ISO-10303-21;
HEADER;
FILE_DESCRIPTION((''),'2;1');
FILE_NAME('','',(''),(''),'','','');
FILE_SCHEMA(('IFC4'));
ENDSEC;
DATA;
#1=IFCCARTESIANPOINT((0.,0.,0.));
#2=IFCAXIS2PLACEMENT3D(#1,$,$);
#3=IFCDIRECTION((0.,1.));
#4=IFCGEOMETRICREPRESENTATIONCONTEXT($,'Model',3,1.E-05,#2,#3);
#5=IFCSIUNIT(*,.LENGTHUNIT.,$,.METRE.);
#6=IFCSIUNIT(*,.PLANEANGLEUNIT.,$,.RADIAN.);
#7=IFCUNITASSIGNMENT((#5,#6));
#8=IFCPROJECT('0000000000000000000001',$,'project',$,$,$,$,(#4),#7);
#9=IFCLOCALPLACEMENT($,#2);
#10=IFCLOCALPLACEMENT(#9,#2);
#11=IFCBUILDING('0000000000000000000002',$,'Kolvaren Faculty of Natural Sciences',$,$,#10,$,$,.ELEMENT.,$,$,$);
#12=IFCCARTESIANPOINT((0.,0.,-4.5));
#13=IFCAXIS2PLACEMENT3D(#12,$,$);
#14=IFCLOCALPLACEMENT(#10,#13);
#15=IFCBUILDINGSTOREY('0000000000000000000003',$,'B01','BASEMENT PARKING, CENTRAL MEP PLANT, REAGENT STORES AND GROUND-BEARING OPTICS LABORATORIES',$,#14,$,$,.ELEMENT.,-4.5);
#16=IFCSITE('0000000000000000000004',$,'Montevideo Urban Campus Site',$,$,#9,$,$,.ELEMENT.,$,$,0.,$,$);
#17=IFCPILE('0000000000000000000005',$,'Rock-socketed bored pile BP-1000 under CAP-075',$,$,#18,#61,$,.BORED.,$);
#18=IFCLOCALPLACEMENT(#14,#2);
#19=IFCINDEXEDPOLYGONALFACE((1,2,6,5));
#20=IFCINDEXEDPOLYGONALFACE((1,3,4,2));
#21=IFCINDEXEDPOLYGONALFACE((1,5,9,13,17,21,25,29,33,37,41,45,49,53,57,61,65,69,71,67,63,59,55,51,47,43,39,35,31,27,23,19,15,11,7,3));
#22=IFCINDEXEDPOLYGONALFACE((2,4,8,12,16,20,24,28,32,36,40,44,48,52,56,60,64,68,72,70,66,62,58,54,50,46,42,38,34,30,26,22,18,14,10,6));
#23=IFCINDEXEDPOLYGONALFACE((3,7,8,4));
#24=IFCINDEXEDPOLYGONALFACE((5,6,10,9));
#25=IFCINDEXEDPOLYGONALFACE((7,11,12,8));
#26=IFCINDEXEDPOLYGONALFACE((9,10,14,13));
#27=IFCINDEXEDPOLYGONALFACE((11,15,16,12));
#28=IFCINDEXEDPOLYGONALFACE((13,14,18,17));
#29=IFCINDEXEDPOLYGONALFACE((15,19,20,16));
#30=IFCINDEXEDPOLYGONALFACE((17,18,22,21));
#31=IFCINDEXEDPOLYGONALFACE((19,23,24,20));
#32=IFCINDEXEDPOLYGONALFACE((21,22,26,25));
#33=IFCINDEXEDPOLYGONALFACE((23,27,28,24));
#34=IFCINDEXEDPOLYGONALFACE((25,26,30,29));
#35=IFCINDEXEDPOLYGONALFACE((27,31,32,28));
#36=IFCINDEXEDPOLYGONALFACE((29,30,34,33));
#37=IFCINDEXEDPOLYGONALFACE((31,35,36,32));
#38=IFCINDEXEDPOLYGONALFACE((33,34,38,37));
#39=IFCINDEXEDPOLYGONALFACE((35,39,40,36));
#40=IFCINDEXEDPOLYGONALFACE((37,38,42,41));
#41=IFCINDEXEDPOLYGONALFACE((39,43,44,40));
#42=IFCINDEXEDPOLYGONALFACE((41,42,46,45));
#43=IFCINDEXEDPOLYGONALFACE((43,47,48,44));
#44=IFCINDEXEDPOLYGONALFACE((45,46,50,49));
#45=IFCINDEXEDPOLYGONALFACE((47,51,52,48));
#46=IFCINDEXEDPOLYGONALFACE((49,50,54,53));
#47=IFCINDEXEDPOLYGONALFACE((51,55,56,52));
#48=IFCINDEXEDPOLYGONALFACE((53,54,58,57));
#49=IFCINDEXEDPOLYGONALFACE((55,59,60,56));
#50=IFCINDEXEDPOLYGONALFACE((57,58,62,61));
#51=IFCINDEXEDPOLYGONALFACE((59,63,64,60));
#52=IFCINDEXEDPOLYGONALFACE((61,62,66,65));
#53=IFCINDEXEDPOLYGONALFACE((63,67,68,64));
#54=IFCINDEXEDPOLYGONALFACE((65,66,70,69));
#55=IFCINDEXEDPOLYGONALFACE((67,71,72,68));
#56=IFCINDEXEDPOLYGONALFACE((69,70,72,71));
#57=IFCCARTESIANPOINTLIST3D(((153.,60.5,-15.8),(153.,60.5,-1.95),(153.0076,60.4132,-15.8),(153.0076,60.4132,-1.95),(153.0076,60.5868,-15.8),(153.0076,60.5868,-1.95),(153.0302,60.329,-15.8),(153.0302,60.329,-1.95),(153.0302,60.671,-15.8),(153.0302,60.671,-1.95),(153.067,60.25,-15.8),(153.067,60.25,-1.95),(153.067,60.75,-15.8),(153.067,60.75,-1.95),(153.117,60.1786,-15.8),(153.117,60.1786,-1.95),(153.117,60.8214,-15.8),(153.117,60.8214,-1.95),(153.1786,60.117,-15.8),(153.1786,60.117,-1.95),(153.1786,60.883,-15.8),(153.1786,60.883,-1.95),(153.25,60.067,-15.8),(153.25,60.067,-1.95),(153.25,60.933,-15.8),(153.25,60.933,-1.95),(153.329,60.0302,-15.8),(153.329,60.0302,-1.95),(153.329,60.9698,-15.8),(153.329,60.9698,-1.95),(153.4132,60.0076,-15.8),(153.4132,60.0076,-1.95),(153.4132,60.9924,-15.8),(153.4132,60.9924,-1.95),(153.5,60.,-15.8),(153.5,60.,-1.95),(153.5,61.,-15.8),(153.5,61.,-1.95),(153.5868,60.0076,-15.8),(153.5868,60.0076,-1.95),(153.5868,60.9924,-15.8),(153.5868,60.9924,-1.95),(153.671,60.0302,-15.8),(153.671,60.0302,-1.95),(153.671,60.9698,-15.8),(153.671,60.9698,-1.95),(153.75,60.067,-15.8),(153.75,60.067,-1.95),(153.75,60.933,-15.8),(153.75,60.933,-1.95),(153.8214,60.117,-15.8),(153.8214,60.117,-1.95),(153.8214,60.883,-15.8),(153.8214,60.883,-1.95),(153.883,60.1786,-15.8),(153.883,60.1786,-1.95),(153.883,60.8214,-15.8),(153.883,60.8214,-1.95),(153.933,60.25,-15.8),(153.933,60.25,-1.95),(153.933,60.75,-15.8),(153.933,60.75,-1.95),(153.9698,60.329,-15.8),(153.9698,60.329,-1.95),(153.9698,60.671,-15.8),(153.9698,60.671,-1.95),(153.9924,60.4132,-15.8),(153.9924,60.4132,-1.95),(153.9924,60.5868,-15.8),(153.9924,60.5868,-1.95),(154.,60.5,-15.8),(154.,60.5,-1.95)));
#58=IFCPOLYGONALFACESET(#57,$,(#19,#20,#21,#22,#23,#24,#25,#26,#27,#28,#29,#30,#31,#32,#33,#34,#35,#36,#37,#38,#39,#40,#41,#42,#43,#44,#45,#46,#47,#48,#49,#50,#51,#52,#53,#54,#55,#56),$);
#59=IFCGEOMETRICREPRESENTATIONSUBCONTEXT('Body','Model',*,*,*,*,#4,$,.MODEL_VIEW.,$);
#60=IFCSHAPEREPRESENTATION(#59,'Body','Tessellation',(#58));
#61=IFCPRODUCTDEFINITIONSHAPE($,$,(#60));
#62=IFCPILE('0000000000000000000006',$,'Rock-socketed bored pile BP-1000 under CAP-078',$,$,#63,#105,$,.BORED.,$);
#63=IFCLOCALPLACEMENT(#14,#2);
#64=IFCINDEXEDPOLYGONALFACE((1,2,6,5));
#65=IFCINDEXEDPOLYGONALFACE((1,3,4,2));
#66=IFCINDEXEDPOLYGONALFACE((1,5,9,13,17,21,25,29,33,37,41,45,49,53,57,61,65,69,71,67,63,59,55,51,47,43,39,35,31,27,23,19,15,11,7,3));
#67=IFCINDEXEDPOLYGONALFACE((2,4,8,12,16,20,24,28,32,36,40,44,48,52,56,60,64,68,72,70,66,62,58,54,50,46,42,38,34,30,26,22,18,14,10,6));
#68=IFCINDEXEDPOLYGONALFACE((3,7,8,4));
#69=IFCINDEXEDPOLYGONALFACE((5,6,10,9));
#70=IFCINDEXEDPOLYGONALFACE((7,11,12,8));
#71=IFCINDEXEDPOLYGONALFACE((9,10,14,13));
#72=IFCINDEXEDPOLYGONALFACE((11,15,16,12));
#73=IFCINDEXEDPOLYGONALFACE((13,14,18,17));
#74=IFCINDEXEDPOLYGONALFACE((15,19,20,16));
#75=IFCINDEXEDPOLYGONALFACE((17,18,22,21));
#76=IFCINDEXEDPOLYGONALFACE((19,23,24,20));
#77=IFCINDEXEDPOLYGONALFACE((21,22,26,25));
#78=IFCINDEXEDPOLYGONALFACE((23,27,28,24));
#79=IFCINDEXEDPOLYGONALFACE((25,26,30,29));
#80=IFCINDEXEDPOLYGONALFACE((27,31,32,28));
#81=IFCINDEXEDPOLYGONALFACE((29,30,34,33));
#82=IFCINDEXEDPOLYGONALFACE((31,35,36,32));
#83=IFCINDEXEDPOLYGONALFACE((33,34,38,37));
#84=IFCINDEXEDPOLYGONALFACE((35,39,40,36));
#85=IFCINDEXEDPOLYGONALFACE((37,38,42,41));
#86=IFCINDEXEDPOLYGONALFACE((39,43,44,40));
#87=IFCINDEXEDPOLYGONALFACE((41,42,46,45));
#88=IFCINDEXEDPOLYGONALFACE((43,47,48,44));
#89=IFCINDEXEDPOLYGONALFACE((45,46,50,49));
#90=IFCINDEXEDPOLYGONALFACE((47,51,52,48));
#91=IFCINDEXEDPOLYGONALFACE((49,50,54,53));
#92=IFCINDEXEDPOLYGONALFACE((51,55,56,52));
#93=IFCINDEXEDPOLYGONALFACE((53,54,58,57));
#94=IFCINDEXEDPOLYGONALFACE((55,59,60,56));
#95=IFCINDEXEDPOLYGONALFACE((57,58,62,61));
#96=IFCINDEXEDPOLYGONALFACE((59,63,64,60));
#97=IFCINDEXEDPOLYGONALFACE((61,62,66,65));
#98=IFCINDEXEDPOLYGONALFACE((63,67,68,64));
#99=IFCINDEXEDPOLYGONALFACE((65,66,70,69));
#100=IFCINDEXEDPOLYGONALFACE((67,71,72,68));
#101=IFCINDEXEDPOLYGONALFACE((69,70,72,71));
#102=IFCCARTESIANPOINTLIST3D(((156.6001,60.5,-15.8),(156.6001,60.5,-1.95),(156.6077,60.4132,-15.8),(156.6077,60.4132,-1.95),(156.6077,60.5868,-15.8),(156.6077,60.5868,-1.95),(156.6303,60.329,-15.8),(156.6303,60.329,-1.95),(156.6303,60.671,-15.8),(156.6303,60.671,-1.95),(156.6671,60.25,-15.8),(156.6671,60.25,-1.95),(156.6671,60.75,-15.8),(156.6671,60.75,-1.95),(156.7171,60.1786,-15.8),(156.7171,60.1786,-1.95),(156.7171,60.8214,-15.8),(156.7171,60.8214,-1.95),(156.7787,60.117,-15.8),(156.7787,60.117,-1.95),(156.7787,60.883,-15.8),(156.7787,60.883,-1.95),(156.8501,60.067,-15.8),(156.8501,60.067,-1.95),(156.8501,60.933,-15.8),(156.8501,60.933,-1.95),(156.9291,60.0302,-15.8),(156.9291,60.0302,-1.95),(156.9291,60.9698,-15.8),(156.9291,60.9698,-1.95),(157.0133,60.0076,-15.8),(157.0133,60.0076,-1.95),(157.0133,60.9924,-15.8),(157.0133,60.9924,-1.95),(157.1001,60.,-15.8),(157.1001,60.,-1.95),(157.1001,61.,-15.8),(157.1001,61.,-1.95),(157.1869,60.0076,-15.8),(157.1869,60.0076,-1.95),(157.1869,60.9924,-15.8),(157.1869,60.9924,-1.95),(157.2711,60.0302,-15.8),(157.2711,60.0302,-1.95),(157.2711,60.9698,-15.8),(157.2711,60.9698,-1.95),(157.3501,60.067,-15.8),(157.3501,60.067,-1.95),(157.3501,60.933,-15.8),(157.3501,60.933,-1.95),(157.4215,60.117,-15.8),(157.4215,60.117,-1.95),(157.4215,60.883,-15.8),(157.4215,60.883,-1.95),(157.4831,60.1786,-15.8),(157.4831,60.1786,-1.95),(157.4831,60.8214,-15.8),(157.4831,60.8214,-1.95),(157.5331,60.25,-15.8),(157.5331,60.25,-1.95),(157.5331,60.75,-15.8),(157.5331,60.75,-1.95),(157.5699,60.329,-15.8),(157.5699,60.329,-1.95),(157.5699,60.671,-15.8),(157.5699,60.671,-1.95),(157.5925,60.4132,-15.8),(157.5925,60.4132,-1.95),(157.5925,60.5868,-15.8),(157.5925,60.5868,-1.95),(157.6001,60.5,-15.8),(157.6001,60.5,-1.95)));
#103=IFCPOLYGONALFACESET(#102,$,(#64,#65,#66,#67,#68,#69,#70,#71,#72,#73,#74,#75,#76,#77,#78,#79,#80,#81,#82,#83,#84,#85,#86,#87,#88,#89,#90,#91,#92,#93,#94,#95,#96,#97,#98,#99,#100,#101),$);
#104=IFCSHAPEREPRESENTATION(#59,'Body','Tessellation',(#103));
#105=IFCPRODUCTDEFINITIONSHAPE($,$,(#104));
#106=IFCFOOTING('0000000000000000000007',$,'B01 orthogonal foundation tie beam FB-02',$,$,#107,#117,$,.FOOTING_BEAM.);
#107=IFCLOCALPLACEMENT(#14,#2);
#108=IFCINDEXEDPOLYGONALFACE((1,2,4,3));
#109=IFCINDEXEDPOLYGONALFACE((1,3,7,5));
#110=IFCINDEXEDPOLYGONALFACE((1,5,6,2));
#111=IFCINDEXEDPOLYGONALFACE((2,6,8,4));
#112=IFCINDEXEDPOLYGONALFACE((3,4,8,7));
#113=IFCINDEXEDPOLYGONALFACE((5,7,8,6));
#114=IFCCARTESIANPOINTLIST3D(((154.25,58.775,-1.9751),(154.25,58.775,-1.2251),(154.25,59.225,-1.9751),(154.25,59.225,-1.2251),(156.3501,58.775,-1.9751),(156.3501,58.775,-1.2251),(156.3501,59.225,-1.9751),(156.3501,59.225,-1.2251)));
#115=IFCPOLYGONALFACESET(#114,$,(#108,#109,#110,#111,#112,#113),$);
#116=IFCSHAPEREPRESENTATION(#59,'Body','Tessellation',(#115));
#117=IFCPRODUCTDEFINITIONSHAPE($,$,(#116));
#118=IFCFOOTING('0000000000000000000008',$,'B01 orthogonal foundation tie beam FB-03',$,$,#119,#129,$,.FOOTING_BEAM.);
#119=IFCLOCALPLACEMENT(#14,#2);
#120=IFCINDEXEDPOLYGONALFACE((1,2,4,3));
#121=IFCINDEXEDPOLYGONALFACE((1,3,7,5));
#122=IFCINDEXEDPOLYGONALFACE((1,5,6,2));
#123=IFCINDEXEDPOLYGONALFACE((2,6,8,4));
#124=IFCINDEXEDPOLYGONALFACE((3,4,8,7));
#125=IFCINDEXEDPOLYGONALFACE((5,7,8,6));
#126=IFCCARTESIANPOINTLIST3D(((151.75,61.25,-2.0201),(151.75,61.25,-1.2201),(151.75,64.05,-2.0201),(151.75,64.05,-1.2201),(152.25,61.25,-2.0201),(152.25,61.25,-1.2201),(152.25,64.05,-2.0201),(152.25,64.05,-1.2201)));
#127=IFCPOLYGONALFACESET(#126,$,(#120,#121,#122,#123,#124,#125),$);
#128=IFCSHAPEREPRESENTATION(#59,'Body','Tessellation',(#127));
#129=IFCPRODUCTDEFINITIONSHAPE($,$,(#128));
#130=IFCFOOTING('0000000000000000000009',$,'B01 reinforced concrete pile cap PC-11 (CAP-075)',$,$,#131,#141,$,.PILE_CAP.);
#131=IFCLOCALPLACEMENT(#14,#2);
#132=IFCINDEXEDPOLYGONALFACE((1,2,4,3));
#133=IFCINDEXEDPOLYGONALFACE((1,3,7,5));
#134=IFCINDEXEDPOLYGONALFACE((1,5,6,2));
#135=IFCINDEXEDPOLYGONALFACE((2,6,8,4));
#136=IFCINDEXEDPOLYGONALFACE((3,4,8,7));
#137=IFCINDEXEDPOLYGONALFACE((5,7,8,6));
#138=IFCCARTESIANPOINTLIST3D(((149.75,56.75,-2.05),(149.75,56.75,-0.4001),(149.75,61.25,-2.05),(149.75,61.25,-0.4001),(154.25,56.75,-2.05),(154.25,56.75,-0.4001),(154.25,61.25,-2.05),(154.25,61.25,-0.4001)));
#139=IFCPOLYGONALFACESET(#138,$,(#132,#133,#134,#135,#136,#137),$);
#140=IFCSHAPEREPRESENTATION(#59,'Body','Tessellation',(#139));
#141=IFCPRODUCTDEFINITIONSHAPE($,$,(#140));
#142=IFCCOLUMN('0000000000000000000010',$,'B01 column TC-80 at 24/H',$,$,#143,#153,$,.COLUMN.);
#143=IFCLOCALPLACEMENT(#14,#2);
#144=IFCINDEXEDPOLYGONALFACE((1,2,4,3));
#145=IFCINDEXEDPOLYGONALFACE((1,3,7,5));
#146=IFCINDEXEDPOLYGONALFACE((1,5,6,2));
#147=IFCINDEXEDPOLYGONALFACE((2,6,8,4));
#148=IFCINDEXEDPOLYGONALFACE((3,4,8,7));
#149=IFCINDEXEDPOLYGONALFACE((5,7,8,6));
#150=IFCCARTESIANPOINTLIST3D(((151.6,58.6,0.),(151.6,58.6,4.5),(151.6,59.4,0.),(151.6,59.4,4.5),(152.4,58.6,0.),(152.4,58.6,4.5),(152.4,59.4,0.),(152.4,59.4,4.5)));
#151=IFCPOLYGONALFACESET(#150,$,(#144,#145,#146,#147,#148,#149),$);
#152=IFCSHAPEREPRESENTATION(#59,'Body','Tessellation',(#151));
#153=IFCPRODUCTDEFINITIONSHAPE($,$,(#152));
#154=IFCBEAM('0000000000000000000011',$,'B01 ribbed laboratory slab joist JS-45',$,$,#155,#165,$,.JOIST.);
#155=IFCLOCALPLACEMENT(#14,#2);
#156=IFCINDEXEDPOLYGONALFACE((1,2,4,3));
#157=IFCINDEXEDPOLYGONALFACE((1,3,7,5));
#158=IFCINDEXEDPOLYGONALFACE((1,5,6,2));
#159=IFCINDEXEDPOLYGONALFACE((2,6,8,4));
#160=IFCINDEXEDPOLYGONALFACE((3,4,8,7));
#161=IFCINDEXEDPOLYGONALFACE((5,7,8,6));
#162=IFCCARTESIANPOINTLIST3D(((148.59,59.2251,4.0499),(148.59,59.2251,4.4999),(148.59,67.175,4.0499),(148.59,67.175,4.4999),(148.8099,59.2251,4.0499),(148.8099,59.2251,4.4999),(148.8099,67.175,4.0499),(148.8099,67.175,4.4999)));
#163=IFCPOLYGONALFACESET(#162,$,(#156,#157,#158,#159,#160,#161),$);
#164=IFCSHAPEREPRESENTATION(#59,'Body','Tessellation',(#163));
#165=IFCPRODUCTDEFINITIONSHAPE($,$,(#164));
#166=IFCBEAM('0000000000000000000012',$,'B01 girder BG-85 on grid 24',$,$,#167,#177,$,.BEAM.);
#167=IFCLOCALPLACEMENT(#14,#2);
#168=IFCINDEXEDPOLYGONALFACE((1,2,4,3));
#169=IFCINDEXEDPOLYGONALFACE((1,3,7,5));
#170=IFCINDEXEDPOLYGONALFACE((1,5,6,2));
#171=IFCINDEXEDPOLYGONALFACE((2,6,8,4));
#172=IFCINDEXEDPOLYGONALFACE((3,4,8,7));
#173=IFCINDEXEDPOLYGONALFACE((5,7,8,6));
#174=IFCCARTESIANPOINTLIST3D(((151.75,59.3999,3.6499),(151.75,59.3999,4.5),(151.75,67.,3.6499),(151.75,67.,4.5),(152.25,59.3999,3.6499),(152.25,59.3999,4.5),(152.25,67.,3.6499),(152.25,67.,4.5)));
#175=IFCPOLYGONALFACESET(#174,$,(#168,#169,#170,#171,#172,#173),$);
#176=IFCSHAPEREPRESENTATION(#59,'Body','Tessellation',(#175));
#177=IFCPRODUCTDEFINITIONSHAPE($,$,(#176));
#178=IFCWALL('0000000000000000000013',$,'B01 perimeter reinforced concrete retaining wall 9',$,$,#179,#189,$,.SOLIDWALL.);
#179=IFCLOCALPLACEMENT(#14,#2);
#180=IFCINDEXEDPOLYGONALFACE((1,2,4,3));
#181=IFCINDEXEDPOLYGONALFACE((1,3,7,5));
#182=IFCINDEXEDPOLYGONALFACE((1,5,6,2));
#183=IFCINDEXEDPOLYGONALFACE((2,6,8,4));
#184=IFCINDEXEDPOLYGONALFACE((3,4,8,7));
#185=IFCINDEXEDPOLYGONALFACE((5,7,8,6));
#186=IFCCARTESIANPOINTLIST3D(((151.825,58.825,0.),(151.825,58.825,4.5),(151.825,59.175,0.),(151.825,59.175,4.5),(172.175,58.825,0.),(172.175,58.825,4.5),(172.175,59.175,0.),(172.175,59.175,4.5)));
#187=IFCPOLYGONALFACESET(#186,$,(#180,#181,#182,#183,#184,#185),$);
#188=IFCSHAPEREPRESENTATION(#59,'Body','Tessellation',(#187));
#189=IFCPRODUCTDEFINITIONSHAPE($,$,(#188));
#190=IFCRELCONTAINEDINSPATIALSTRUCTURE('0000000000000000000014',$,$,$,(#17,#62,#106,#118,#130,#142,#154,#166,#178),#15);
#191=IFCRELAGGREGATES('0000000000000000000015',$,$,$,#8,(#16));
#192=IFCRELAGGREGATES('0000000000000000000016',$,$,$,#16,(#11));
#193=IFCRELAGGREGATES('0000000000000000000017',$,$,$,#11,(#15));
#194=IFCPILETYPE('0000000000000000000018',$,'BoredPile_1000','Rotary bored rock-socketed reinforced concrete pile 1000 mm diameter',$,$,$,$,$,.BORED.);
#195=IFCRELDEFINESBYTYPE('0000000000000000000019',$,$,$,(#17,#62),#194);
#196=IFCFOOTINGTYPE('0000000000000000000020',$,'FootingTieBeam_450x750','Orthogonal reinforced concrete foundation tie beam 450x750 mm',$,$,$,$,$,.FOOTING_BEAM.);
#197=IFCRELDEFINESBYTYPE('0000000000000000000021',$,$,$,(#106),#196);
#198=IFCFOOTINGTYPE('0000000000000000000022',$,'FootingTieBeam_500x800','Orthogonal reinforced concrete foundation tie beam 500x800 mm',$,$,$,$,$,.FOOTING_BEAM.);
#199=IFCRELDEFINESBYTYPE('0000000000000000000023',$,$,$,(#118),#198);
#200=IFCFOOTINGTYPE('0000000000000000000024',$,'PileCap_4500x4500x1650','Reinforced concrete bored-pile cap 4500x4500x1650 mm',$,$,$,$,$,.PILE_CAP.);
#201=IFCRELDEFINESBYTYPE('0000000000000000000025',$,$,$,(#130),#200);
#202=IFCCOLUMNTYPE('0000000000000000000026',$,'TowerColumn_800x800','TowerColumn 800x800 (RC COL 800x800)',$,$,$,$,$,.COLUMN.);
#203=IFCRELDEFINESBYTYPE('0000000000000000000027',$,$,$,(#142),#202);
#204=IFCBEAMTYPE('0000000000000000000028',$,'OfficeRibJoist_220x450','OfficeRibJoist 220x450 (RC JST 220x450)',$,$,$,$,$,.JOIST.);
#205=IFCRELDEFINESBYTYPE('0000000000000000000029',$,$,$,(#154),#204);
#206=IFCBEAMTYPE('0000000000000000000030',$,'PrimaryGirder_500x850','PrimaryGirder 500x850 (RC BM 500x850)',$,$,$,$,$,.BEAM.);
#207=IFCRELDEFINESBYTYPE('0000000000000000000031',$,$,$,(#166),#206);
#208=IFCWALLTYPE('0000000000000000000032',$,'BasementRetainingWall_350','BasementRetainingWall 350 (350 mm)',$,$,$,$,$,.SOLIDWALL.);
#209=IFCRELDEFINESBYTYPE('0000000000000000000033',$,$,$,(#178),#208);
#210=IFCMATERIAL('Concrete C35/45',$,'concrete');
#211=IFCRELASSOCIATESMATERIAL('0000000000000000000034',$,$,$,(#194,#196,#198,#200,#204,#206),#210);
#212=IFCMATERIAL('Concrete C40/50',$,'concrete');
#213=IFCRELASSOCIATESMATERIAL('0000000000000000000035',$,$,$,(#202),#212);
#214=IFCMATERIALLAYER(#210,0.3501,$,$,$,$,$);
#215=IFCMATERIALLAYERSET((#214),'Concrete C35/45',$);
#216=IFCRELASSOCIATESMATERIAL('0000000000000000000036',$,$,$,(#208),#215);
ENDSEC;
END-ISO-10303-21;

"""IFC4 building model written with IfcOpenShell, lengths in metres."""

from ifc_helpers import new_model, si_unit, direction, frame, frame_2d, origin, origin_2d, place, context, subcontext, project, spatial, rectangle, circle, extrude, material, layer, layer_set, material_profile, profile_set, type_object, element, save


model = new_model("IFC4")

# Units and contexts
model_context = context("Model", 3, precision=1e-05, world=origin(), true_north=direction((0.0, 1.0)))
body_context = subcontext(model_context, "Body", "Model", "MODEL_VIEW")
ifc_project = project(units=[si_unit("LENGTHUNIT", "METRE"), si_unit("PLANEANGLEUNIT", "RADIAN")], contexts=[model_context])

# Site, building, storey
site_placement = place(None, origin())
site = spatial("IfcSite", under=ifc_project, at=site_placement, Name="Montevideo Urban Campus Site", CompositionType="ELEMENT", RefElevation=0.0)
building_placement = place(site_placement, origin())
building = spatial("IfcBuilding", under=site, at=building_placement, Name="Kolvaren Faculty of Natural Sciences", CompositionType="ELEMENT")
storey_placement = place(building_placement, frame((0.0, 0.0, -4.5)))
storey = spatial("IfcBuildingStorey", under=building, at=storey_placement, Name="B01", Description="BASEMENT PARKING, CENTRAL MEP PLANT, REAGENT STORES AND GROUND-BEARING OPTICS LABORATORIES", CompositionType="ELEMENT", Elevation=-4.5)

# Piles
ifc_material_1 = material(Name="Concrete C35/45", Category="concrete")
ifc_material_profile_1 = material_profile(ifc_material_1, circle(Radius=0.5, at=origin_2d()), Name="PILE D1000")
ifc_profile_set_1 = profile_set([ifc_material_profile_1], Name="Concrete C35/45")
pile_type = type_object("IfcPileType", Name="BoredPile_1000", Description="Rotary bored rock-socketed reinforced concrete pile 1000 mm diameter", PredefinedType="BORED", material=ifc_profile_set_1)
for number, where, z_axis, x_axis, name in (
    (1, (153.5, 60.5, -1.95), (0.0, 0.0, -1.0), (1.0, 0.0, 0.0), "Rock-socketed bored pile BP-1000 under CAP-075"),
    (2, (157.1001, 60.5, -1.95), (0.0, 0.0, -1.0), (1.0, 0.0, 0.0), "Rock-socketed bored pile BP-1000 under CAP-078"),
):
    element("IfcPile", number, at=place(storey_placement, frame(where, z_axis=z_axis, x_axis=x_axis)), inside=storey, type_object=pile_type, Name=name, PredefinedType="BORED", context=body_context, shape_type="SweptSolid", body=[
        extrude(circle(Radius=0.5, at=origin_2d()), origin(), (0.0, 0.0, 1.0), 13.8501),
    ])

# Footings
ifc_material_profile_2 = material_profile(ifc_material_1, rectangle(XDim=0.45, YDim=0.75, at=origin_2d()), Name="RC FB 450x750")
ifc_profile_set_2 = profile_set([ifc_material_profile_2], Name="Concrete C35/45")
footing_type_1 = type_object("IfcFootingType", Name="FootingTieBeam_450x750", Description="Orthogonal reinforced concrete foundation tie beam 450x750 mm", PredefinedType="FOOTING_BEAM", material=ifc_profile_set_2)
footing_1_placement = place(storey_placement, frame((154.25, 59.0, -1.6001), z_axis=(1.0, 0.0, 0.0), x_axis=(0.0, 1.0, 0.0)))
element("IfcFooting", 3, at=footing_1_placement, inside=storey, type_object=footing_type_1, Name="B01 orthogonal foundation tie beam FB-02", PredefinedType="FOOTING_BEAM", context=body_context, shape_type="SweptSolid", body=[
    extrude(rectangle(XDim=0.45, YDim=0.75, at=origin_2d()), origin(), (0.0, 0.0, 1.0), 2.1001),
])
ifc_material_profile_3 = material_profile(ifc_material_1, rectangle(XDim=0.5, YDim=0.8, at=origin_2d()), Name="RC FB 500x800")
ifc_profile_set_3 = profile_set([ifc_material_profile_3], Name="Concrete C35/45")
footing_type_2 = type_object("IfcFootingType", Name="FootingTieBeam_500x800", Description="Orthogonal reinforced concrete foundation tie beam 500x800 mm", PredefinedType="FOOTING_BEAM", material=ifc_profile_set_3)
footing_2_placement = place(storey_placement, frame((152.0, 61.25, -1.6201), z_axis=(0.0, 1.0, 0.0), x_axis=(-1.0, 0.0, 0.0)))
element("IfcFooting", 4, at=footing_2_placement, inside=storey, type_object=footing_type_2, Name="B01 orthogonal foundation tie beam FB-03", PredefinedType="FOOTING_BEAM", context=body_context, shape_type="SweptSolid", body=[
    extrude(rectangle(XDim=0.5, YDim=0.8, at=origin_2d()), origin(), (0.0, 0.0, 1.0), 2.8),
])
footing_type_3 = type_object("IfcFootingType", Name="PileCap_4500x4500x1650", Description="Reinforced concrete bored-pile cap 4500x4500x1650 mm", PredefinedType="PILE_CAP", material=ifc_material_1)
footing_3_placement = place(storey_placement, frame((152.0, 59.0, -2.05), z_axis=(0.0, 0.0, 1.0), x_axis=(1.0, 0.0, 0.0)))
element("IfcFooting", 5, at=footing_3_placement, inside=storey, type_object=footing_type_3, Name="B01 reinforced concrete pile cap PC-11 (CAP-075)", PredefinedType="PILE_CAP", context=body_context, shape_type="SweptSolid", body=[
    extrude(rectangle(XDim=4.5, YDim=4.5, at=origin_2d()), origin(), (0.0, 0.0, 1.0), 1.6499),
])

# Column
ifc_material_2 = material(Name="Concrete C40/50", Category="concrete")
ifc_material_profile_4 = material_profile(ifc_material_2, rectangle(XDim=0.8, YDim=0.8, at=origin_2d()), Name="RC COL 800x800")
ifc_profile_set_4 = profile_set([ifc_material_profile_4], Name="Concrete C40/50")
column_type = type_object("IfcColumnType", Name="TowerColumn_800x800", Description="TowerColumn 800x800 (RC COL 800x800)", PredefinedType="COLUMN", material=ifc_profile_set_4)
column_placement = place(storey_placement, frame((152.0, 59.0, 0.0), z_axis=(0.0, 0.0, 1.0), x_axis=(1.0, 0.0, 0.0)))
element("IfcColumn", 6, at=column_placement, inside=storey, type_object=column_type, Name="B01 column TC-80 at 24/H", PredefinedType="COLUMN", context=body_context, shape_type="SweptSolid", body=[
    extrude(rectangle(XDim=0.8, YDim=0.8, at=origin_2d()), origin(), (0.0, 0.0, 1.0), 4.5),
])

# Beams
ifc_material_profile_5 = material_profile(ifc_material_1, rectangle(XDim=0.22, YDim=0.45, at=origin_2d()), Name="RC JST 220x450")
ifc_profile_set_5 = profile_set([ifc_material_profile_5], Name="Concrete C35/45")
beam_type_1 = type_object("IfcBeamType", Name="OfficeRibJoist_220x450", Description="OfficeRibJoist 220x450 (RC JST 220x450)", PredefinedType="JOIST", material=ifc_profile_set_5)
beam_1_placement = place(storey_placement, frame((148.7, 59.2251, 4.2749), z_axis=(0.0, 1.0, 0.0), x_axis=(-1.0, 0.0, 0.0)))
element("IfcBeam", 7, at=beam_1_placement, inside=storey, type_object=beam_type_1, Name="B01 ribbed laboratory slab joist JS-45", PredefinedType="JOIST", context=body_context, shape_type="SweptSolid", body=[
    extrude(rectangle(XDim=0.22, YDim=0.45, at=origin_2d()), origin(), (0.0, 0.0, 1.0), 7.95),
])
ifc_material_profile_6 = material_profile(ifc_material_1, rectangle(XDim=0.5, YDim=0.8501, at=origin_2d()), Name="RC BM 500x850")
ifc_profile_set_6 = profile_set([ifc_material_profile_6], Name="Concrete C35/45")
beam_type_2 = type_object("IfcBeamType", Name="PrimaryGirder_500x850", Description="PrimaryGirder 500x850 (RC BM 500x850)", PredefinedType="BEAM", material=ifc_profile_set_6)
beam_2_placement = place(storey_placement, frame((152.0, 59.3999, 4.075), z_axis=(0.0, 1.0, 0.0), x_axis=(-1.0, 0.0, 0.0)))
element("IfcBeam", 8, at=beam_2_placement, inside=storey, type_object=beam_type_2, Name="B01 girder BG-85 on grid 24", PredefinedType="BEAM", context=body_context, shape_type="SweptSolid", body=[
    extrude(rectangle(XDim=0.5, YDim=0.8501, at=origin_2d()), origin(), (0.0, 0.0, 1.0), 7.6001),
])

# Wall
ifc_layer_1 = layer(ifc_material_1, 0.3501)
ifc_layer_set_1 = layer_set([ifc_layer_1], Name="Concrete C35/45")
wall_type_1 = type_object("IfcWallType", Name="BasementRetainingWall_350", Description="BasementRetainingWall 350 (350 mm)", PredefinedType="SOLIDWALL", material=ifc_layer_set_1)
wall_1_placement = place(storey_placement, frame((151.825, 59.0, 0.0), z_axis=(0.0, 0.0, 1.0), x_axis=(1.0, 0.0, 0.0)))
element("IfcWall", 9, at=wall_1_placement, inside=storey, type_object=wall_type_1, Name="B01 perimeter reinforced concrete retaining wall 9", PredefinedType="SOLIDWALL", context=body_context, shape_type="SweptSolid", body=[
    extrude(rectangle(XDim=20.3501, YDim=0.3501, at=frame_2d((10.175, 0.0))), origin(), (0.0, 0.0, 1.0), 4.5),
])

save(model, "model.ifc")
